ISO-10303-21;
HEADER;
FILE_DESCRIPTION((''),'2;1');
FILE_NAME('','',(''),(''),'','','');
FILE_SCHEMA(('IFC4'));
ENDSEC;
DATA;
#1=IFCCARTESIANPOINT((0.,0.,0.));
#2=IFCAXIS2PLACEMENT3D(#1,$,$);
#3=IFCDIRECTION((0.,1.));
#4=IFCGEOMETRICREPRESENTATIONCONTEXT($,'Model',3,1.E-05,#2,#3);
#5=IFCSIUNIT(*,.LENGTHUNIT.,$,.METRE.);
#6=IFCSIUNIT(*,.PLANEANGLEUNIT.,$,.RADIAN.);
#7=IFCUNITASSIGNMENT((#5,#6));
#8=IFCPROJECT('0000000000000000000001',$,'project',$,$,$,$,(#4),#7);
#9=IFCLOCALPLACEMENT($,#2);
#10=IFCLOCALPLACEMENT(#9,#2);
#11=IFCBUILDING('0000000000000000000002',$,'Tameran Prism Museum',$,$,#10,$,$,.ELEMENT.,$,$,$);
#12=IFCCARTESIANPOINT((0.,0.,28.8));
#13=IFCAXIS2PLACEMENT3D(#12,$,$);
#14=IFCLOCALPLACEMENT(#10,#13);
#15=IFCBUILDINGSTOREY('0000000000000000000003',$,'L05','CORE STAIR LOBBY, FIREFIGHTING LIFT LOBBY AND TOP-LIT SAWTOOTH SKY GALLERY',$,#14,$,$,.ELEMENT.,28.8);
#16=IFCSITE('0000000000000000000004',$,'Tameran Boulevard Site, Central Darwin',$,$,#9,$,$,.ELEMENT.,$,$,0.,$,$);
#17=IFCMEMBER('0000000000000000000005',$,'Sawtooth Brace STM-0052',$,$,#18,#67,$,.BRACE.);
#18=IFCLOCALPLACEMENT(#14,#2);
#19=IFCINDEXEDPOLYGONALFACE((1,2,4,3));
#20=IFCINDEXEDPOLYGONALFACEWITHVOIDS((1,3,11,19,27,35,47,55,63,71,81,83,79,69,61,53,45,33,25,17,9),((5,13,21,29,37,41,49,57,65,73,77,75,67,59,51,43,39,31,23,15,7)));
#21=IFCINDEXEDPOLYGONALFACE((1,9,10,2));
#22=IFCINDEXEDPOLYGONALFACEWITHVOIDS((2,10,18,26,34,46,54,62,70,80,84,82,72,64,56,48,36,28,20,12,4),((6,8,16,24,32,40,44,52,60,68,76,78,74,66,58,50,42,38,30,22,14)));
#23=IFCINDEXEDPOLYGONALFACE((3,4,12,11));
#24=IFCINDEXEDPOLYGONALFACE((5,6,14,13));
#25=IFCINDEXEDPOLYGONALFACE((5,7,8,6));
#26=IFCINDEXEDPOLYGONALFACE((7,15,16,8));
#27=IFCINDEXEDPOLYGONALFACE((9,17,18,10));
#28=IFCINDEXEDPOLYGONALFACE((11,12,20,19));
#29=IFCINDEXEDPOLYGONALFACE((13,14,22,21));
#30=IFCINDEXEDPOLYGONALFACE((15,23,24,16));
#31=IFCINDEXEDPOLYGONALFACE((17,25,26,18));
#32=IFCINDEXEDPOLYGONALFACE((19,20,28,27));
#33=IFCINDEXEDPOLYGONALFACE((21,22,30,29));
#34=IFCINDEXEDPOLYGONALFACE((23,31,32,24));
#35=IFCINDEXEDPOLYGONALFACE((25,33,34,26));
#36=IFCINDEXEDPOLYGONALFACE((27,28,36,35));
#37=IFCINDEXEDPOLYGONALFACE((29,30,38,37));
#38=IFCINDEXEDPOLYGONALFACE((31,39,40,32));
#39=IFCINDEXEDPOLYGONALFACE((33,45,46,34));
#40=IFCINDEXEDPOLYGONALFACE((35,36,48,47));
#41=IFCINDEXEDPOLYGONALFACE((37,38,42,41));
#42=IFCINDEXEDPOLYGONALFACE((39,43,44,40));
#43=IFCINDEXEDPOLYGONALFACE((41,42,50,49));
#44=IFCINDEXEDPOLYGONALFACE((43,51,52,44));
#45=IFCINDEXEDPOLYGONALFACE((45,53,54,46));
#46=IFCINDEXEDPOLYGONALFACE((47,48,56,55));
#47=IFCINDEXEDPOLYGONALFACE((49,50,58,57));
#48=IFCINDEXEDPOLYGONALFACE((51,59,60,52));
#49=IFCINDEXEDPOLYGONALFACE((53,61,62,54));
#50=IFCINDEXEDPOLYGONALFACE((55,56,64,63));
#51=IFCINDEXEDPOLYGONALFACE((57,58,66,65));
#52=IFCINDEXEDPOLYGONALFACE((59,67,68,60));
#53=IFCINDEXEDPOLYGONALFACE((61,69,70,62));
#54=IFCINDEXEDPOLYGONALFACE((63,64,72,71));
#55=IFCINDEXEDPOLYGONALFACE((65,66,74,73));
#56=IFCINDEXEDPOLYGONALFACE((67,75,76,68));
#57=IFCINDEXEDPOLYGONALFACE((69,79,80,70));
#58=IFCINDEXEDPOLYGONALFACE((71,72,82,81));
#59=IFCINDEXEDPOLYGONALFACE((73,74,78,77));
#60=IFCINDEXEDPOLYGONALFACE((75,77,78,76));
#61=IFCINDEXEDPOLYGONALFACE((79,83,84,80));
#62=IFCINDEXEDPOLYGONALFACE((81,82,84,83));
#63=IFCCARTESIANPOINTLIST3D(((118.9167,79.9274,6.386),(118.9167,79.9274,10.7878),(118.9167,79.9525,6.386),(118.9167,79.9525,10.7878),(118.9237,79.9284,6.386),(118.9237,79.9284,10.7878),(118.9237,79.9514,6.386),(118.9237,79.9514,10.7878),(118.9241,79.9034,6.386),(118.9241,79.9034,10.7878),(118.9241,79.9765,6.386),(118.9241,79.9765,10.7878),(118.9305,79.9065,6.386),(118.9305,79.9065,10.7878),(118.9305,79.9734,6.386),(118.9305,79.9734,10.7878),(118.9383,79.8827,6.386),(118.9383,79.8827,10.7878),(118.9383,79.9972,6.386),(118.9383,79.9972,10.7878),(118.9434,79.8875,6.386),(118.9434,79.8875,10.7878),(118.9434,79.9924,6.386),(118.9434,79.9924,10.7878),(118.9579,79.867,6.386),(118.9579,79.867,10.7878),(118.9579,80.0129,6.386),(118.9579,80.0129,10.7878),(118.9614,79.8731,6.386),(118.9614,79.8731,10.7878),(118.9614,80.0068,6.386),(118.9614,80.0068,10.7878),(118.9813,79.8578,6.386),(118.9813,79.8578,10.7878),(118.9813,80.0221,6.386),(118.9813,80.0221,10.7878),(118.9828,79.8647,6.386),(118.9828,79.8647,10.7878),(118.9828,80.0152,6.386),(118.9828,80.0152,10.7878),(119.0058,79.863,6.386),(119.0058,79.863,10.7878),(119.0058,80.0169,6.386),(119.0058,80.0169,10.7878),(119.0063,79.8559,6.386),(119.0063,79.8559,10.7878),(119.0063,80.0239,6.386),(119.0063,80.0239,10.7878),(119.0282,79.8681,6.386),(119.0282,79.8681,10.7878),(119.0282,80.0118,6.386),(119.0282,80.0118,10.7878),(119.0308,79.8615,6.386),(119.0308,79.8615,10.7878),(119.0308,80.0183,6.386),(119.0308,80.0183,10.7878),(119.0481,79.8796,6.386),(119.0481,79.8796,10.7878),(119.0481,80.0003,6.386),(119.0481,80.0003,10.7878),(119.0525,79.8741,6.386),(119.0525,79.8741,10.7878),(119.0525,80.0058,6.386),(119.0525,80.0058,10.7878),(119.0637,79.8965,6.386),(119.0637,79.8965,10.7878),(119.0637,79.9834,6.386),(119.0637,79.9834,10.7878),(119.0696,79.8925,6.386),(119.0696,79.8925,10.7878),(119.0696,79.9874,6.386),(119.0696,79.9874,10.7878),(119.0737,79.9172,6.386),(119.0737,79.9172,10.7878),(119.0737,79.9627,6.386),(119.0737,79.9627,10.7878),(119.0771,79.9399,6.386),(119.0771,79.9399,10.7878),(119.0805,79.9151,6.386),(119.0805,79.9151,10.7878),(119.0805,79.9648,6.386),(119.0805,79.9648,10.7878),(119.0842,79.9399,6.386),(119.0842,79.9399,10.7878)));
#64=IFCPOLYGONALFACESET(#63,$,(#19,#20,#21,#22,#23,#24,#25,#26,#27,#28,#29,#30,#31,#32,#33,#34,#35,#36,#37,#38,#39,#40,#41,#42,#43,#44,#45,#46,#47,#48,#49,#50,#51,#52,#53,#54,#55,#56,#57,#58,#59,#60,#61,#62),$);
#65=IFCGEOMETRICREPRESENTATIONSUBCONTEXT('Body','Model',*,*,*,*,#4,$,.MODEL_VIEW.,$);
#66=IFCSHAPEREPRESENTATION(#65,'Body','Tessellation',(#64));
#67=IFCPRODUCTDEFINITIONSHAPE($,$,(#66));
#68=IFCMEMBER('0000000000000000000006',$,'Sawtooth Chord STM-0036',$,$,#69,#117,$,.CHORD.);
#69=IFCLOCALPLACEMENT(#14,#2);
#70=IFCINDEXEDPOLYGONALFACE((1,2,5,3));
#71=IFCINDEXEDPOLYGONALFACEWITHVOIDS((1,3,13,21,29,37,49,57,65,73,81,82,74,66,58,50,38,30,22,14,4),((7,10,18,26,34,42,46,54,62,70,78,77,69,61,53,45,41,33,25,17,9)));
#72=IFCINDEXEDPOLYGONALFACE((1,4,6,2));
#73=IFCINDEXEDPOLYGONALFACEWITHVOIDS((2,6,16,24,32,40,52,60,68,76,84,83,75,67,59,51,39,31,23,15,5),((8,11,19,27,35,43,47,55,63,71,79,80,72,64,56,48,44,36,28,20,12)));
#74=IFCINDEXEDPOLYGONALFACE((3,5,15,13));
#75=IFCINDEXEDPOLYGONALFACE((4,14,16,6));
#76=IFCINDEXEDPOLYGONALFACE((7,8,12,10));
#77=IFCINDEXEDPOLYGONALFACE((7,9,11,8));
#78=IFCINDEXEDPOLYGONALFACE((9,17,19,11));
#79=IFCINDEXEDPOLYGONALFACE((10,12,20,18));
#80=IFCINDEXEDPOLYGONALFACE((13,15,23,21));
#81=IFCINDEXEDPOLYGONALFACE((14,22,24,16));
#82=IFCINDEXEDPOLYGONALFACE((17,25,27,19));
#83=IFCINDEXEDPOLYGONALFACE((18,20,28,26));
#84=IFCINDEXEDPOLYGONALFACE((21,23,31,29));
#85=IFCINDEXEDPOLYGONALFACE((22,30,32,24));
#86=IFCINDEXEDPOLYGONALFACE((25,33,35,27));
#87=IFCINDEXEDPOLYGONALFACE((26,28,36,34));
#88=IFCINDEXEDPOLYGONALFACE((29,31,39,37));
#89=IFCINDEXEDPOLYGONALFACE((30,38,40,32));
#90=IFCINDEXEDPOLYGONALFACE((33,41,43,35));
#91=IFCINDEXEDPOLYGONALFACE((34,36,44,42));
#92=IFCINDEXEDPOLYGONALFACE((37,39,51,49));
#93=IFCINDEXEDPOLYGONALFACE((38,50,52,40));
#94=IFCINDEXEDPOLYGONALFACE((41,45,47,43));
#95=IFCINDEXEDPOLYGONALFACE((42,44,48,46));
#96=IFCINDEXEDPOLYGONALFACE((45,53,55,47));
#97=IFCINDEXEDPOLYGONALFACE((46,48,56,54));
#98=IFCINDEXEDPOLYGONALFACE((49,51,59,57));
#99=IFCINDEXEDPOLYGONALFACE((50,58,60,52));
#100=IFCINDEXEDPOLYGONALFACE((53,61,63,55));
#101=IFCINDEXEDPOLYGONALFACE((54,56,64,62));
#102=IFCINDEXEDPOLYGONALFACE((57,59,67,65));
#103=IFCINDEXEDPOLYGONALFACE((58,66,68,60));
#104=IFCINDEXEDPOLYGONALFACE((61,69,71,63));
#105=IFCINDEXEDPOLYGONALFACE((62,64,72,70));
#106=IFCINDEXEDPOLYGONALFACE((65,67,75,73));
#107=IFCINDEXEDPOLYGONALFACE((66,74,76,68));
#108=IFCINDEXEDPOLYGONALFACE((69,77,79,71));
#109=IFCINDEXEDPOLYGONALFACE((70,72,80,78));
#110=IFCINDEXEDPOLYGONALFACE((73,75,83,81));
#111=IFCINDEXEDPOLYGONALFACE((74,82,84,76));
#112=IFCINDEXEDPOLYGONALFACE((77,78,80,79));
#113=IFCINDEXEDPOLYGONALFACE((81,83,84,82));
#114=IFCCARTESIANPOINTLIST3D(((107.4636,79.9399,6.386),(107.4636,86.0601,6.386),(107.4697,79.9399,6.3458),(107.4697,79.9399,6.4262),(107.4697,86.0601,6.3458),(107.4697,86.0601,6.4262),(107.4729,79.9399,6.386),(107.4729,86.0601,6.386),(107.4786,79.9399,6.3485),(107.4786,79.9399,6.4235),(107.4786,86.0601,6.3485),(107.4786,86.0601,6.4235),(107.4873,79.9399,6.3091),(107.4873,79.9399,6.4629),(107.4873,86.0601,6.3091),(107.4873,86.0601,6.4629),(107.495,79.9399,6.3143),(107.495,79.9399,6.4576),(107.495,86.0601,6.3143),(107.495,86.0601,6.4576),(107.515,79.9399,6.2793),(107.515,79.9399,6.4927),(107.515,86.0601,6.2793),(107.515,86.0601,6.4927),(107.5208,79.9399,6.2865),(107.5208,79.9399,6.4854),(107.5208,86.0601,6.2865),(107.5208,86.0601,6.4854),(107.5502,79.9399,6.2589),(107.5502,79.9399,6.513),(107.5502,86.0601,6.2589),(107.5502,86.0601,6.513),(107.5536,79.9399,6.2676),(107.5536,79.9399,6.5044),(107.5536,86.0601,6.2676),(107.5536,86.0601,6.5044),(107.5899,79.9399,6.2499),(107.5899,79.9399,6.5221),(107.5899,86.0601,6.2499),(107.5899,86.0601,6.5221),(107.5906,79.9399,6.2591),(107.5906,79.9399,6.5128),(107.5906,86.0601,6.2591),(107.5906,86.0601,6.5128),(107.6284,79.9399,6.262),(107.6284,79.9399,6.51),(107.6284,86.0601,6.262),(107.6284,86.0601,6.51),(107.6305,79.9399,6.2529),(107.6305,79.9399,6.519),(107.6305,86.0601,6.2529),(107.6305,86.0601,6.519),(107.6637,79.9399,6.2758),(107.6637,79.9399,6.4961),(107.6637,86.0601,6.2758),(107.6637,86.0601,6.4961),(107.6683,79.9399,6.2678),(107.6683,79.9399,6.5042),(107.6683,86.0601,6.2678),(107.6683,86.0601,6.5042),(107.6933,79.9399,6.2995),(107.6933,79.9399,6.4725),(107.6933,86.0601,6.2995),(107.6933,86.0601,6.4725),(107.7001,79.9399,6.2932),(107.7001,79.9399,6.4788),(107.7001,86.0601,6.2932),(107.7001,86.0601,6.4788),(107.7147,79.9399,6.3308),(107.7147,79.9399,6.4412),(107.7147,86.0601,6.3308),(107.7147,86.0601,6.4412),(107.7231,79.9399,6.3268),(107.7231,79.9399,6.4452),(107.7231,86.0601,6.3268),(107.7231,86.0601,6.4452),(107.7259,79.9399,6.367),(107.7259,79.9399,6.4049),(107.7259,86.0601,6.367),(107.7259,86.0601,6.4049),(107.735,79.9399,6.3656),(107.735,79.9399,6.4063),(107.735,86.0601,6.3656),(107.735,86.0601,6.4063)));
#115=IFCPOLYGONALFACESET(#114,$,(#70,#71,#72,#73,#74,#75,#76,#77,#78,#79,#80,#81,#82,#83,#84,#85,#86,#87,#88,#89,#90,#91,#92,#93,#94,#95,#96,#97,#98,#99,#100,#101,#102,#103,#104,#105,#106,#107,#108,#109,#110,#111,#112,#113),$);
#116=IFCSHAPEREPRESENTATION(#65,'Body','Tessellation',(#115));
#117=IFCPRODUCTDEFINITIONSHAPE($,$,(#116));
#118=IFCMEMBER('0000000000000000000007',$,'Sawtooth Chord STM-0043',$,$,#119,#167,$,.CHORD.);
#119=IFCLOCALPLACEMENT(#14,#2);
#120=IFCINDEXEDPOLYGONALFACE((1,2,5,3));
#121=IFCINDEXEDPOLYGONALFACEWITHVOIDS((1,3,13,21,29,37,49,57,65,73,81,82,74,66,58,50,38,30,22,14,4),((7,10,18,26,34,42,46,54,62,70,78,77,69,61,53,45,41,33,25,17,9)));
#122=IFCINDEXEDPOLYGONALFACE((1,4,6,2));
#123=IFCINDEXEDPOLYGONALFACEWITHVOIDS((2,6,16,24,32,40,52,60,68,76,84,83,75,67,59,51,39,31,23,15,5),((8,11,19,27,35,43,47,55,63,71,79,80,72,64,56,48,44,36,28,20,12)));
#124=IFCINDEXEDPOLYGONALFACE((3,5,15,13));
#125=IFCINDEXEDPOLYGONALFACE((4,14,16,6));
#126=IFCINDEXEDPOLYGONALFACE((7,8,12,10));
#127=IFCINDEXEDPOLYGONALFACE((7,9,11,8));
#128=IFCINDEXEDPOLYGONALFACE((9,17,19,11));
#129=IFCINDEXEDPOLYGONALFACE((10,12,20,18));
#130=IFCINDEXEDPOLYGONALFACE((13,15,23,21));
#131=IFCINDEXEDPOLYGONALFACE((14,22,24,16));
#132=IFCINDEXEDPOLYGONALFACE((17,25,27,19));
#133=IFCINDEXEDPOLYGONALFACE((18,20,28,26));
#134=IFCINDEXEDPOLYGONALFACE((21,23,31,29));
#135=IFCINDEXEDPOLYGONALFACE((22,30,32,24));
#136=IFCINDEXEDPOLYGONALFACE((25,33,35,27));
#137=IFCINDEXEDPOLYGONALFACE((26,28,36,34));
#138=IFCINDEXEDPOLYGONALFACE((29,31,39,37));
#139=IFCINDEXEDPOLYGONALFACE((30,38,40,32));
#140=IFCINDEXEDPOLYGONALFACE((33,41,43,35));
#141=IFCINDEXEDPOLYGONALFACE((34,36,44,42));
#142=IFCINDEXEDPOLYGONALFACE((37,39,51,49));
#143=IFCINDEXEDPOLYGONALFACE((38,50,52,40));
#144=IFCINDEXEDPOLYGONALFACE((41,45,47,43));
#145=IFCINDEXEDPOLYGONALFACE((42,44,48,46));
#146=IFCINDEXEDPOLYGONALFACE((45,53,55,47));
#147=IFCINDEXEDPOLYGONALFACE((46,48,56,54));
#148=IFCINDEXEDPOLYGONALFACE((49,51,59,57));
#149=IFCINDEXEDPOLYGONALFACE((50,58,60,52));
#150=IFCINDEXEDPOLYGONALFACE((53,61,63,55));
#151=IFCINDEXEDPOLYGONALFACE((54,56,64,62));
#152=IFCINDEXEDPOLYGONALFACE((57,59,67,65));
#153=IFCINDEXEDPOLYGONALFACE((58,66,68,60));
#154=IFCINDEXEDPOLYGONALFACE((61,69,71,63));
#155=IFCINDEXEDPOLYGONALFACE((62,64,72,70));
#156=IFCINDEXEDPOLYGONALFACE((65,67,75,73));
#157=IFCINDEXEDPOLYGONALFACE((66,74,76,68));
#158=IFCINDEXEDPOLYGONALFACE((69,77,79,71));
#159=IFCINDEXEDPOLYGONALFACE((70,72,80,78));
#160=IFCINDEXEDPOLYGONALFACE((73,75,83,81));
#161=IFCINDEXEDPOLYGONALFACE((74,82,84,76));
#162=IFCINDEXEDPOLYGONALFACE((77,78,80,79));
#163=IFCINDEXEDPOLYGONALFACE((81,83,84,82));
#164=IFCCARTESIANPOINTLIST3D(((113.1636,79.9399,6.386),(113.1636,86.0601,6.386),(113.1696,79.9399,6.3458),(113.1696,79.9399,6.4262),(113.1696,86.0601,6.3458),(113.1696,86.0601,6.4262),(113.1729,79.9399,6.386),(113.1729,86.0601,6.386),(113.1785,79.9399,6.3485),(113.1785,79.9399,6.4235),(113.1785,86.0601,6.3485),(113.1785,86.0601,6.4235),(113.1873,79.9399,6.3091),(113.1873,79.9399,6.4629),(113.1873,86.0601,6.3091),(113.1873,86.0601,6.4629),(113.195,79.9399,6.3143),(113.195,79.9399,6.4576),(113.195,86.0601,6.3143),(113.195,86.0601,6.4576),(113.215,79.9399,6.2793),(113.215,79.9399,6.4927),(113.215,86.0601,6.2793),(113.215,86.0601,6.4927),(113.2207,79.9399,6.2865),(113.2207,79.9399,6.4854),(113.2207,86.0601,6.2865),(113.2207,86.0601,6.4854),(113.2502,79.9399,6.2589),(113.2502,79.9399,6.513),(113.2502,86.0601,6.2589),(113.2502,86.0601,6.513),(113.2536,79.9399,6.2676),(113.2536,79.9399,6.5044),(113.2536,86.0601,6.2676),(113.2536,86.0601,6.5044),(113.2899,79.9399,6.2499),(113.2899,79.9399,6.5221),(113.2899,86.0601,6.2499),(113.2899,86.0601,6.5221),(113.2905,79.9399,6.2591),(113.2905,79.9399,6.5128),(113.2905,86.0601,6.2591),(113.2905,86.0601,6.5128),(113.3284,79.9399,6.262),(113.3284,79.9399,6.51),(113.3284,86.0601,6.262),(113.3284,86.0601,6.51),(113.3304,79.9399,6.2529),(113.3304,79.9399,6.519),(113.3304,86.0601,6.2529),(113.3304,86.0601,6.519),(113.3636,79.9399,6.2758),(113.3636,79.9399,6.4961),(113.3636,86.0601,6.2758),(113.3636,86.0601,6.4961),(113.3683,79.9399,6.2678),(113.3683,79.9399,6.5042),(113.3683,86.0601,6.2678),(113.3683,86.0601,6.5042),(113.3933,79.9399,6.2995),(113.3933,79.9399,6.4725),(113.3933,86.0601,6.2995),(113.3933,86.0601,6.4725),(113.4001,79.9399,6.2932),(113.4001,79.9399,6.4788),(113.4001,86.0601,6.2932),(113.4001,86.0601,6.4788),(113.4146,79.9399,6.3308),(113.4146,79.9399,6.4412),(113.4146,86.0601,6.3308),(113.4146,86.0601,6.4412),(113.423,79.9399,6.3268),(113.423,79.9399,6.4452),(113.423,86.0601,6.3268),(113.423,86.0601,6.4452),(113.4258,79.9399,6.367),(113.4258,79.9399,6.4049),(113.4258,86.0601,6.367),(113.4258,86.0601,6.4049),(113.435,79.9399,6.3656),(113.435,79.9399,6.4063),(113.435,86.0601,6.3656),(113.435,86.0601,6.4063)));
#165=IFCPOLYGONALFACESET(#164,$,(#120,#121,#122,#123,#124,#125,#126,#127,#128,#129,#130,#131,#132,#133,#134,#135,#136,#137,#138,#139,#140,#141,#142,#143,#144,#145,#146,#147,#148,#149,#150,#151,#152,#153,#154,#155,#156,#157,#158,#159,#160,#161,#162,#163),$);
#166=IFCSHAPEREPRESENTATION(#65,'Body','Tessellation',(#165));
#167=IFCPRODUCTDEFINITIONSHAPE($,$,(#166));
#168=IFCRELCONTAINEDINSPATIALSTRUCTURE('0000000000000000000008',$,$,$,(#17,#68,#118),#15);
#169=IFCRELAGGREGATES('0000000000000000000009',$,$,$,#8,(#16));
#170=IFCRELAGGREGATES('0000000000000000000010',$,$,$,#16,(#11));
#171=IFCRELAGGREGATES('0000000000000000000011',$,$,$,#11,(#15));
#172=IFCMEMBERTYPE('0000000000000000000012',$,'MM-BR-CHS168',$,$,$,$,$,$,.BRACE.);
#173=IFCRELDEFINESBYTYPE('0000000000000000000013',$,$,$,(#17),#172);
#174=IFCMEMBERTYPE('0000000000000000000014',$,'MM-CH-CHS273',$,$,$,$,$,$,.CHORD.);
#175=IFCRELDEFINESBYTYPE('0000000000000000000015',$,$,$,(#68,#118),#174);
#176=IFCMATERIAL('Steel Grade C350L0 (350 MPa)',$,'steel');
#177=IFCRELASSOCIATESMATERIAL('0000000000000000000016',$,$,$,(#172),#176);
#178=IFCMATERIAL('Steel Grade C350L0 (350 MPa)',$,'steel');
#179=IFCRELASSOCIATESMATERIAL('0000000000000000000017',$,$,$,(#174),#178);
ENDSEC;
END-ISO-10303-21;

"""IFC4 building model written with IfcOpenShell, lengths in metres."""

from ifc_helpers import new_model, si_unit, direction, frame, origin, origin_2d, place, context, subcontext, project, spatial, hollow_circle, extrude, material, material_profile, profile_set, type_object, element, save


model = new_model("IFC4")

# Units and contexts
model_context = context("Model", 3, precision=1e-05, world=origin(), true_north=direction((0.0, 1.0)))
body_context = subcontext(model_context, "Body", "Model", "MODEL_VIEW")
ifc_project = project(units=[si_unit("LENGTHUNIT", "METRE"), si_unit("PLANEANGLEUNIT", "RADIAN")], contexts=[model_context])

# Site, building, storey
site_placement = place(None, origin())
site = spatial("IfcSite", under=ifc_project, at=site_placement, Name="Tameran Boulevard Site, Central Darwin", CompositionType="ELEMENT", RefElevation=0.0)
building_placement = place(site_placement, origin())
building = spatial("IfcBuilding", under=site, at=building_placement, Name="Tameran Prism Museum", CompositionType="ELEMENT")
storey_placement = place(building_placement, frame((0.0, 0.0, 28.8)))
storey = spatial("IfcBuildingStorey", under=building, at=storey_placement, Name="L05", Description="CORE STAIR LOBBY, FIREFIGHTING LIFT LOBBY AND TOP-LIT SAWTOOTH SKY GALLERY", CompositionType="ELEMENT", Elevation=28.8)

# Members
ifc_material_1 = material(Name="Steel Grade C350L0 (350 MPa)", Category="steel")
ifc_material_profile_1 = material_profile(ifc_material_1, hollow_circle(Radius=0.0842, WallThickness=0.0071, at=origin_2d()))
ifc_profile_set_1 = profile_set([ifc_material_profile_1])
member_type_1 = type_object("IfcMemberType", Name="MM-BR-CHS168", PredefinedType="BRACE", material=ifc_profile_set_1)
for number, where, z_axis, x_axis, name in (
    (1, (119.0, 79.9399, 6.386), (0.0, 0.0, 1.0), (1.0, 0.0, 0.0), "Sawtooth Brace STM-0052"),
):
    element("IfcMember", number, at=place(storey_placement, frame(where, z_axis=z_axis, x_axis=x_axis)), inside=storey, type_object=member_type_1, Name=name, PredefinedType="BRACE", context=body_context, shape_type="SweptSolid", body=[
        extrude(hollow_circle(Radius=0.0842, WallThickness=0.0071, at=origin_2d()), origin(), (0.0, 0.0, 1.0), 4.4019),
    ])
ifc_material_2 = material(Name="Steel Grade C350L0 (350 MPa)", Category="steel")
ifc_material_profile_2 = material_profile(ifc_material_2, hollow_circle(Radius=0.1365, WallThickness=0.0093, at=origin_2d()))
ifc_profile_set_2 = profile_set([ifc_material_profile_2])
member_type_2 = type_object("IfcMemberType", Name="MM-CH-CHS273", PredefinedType="CHORD", material=ifc_profile_set_2)
for number, where, z_axis, x_axis, name in (
    (2, (107.6001, 79.9399, 6.386), (0.0, 1.0, 0.0), (-1.0, 0.0, 0.0), "Sawtooth Chord STM-0036"),
    (3, (113.3, 79.9399, 6.386), (0.0, 1.0, 0.0), (-1.0, 0.0, 0.0), "Sawtooth Chord STM-0043"),
):
    element("IfcMember", number, at=place(storey_placement, frame(where, z_axis=z_axis, x_axis=x_axis)), inside=storey, type_object=member_type_2, Name=name, PredefinedType="CHORD", context=body_context, shape_type="SweptSolid", body=[
        extrude(hollow_circle(Radius=0.1365, WallThickness=0.0093, at=origin_2d()), origin(), (0.0, 0.0, 1.0), 6.1201),
    ])

save(model, "model.ifc")
